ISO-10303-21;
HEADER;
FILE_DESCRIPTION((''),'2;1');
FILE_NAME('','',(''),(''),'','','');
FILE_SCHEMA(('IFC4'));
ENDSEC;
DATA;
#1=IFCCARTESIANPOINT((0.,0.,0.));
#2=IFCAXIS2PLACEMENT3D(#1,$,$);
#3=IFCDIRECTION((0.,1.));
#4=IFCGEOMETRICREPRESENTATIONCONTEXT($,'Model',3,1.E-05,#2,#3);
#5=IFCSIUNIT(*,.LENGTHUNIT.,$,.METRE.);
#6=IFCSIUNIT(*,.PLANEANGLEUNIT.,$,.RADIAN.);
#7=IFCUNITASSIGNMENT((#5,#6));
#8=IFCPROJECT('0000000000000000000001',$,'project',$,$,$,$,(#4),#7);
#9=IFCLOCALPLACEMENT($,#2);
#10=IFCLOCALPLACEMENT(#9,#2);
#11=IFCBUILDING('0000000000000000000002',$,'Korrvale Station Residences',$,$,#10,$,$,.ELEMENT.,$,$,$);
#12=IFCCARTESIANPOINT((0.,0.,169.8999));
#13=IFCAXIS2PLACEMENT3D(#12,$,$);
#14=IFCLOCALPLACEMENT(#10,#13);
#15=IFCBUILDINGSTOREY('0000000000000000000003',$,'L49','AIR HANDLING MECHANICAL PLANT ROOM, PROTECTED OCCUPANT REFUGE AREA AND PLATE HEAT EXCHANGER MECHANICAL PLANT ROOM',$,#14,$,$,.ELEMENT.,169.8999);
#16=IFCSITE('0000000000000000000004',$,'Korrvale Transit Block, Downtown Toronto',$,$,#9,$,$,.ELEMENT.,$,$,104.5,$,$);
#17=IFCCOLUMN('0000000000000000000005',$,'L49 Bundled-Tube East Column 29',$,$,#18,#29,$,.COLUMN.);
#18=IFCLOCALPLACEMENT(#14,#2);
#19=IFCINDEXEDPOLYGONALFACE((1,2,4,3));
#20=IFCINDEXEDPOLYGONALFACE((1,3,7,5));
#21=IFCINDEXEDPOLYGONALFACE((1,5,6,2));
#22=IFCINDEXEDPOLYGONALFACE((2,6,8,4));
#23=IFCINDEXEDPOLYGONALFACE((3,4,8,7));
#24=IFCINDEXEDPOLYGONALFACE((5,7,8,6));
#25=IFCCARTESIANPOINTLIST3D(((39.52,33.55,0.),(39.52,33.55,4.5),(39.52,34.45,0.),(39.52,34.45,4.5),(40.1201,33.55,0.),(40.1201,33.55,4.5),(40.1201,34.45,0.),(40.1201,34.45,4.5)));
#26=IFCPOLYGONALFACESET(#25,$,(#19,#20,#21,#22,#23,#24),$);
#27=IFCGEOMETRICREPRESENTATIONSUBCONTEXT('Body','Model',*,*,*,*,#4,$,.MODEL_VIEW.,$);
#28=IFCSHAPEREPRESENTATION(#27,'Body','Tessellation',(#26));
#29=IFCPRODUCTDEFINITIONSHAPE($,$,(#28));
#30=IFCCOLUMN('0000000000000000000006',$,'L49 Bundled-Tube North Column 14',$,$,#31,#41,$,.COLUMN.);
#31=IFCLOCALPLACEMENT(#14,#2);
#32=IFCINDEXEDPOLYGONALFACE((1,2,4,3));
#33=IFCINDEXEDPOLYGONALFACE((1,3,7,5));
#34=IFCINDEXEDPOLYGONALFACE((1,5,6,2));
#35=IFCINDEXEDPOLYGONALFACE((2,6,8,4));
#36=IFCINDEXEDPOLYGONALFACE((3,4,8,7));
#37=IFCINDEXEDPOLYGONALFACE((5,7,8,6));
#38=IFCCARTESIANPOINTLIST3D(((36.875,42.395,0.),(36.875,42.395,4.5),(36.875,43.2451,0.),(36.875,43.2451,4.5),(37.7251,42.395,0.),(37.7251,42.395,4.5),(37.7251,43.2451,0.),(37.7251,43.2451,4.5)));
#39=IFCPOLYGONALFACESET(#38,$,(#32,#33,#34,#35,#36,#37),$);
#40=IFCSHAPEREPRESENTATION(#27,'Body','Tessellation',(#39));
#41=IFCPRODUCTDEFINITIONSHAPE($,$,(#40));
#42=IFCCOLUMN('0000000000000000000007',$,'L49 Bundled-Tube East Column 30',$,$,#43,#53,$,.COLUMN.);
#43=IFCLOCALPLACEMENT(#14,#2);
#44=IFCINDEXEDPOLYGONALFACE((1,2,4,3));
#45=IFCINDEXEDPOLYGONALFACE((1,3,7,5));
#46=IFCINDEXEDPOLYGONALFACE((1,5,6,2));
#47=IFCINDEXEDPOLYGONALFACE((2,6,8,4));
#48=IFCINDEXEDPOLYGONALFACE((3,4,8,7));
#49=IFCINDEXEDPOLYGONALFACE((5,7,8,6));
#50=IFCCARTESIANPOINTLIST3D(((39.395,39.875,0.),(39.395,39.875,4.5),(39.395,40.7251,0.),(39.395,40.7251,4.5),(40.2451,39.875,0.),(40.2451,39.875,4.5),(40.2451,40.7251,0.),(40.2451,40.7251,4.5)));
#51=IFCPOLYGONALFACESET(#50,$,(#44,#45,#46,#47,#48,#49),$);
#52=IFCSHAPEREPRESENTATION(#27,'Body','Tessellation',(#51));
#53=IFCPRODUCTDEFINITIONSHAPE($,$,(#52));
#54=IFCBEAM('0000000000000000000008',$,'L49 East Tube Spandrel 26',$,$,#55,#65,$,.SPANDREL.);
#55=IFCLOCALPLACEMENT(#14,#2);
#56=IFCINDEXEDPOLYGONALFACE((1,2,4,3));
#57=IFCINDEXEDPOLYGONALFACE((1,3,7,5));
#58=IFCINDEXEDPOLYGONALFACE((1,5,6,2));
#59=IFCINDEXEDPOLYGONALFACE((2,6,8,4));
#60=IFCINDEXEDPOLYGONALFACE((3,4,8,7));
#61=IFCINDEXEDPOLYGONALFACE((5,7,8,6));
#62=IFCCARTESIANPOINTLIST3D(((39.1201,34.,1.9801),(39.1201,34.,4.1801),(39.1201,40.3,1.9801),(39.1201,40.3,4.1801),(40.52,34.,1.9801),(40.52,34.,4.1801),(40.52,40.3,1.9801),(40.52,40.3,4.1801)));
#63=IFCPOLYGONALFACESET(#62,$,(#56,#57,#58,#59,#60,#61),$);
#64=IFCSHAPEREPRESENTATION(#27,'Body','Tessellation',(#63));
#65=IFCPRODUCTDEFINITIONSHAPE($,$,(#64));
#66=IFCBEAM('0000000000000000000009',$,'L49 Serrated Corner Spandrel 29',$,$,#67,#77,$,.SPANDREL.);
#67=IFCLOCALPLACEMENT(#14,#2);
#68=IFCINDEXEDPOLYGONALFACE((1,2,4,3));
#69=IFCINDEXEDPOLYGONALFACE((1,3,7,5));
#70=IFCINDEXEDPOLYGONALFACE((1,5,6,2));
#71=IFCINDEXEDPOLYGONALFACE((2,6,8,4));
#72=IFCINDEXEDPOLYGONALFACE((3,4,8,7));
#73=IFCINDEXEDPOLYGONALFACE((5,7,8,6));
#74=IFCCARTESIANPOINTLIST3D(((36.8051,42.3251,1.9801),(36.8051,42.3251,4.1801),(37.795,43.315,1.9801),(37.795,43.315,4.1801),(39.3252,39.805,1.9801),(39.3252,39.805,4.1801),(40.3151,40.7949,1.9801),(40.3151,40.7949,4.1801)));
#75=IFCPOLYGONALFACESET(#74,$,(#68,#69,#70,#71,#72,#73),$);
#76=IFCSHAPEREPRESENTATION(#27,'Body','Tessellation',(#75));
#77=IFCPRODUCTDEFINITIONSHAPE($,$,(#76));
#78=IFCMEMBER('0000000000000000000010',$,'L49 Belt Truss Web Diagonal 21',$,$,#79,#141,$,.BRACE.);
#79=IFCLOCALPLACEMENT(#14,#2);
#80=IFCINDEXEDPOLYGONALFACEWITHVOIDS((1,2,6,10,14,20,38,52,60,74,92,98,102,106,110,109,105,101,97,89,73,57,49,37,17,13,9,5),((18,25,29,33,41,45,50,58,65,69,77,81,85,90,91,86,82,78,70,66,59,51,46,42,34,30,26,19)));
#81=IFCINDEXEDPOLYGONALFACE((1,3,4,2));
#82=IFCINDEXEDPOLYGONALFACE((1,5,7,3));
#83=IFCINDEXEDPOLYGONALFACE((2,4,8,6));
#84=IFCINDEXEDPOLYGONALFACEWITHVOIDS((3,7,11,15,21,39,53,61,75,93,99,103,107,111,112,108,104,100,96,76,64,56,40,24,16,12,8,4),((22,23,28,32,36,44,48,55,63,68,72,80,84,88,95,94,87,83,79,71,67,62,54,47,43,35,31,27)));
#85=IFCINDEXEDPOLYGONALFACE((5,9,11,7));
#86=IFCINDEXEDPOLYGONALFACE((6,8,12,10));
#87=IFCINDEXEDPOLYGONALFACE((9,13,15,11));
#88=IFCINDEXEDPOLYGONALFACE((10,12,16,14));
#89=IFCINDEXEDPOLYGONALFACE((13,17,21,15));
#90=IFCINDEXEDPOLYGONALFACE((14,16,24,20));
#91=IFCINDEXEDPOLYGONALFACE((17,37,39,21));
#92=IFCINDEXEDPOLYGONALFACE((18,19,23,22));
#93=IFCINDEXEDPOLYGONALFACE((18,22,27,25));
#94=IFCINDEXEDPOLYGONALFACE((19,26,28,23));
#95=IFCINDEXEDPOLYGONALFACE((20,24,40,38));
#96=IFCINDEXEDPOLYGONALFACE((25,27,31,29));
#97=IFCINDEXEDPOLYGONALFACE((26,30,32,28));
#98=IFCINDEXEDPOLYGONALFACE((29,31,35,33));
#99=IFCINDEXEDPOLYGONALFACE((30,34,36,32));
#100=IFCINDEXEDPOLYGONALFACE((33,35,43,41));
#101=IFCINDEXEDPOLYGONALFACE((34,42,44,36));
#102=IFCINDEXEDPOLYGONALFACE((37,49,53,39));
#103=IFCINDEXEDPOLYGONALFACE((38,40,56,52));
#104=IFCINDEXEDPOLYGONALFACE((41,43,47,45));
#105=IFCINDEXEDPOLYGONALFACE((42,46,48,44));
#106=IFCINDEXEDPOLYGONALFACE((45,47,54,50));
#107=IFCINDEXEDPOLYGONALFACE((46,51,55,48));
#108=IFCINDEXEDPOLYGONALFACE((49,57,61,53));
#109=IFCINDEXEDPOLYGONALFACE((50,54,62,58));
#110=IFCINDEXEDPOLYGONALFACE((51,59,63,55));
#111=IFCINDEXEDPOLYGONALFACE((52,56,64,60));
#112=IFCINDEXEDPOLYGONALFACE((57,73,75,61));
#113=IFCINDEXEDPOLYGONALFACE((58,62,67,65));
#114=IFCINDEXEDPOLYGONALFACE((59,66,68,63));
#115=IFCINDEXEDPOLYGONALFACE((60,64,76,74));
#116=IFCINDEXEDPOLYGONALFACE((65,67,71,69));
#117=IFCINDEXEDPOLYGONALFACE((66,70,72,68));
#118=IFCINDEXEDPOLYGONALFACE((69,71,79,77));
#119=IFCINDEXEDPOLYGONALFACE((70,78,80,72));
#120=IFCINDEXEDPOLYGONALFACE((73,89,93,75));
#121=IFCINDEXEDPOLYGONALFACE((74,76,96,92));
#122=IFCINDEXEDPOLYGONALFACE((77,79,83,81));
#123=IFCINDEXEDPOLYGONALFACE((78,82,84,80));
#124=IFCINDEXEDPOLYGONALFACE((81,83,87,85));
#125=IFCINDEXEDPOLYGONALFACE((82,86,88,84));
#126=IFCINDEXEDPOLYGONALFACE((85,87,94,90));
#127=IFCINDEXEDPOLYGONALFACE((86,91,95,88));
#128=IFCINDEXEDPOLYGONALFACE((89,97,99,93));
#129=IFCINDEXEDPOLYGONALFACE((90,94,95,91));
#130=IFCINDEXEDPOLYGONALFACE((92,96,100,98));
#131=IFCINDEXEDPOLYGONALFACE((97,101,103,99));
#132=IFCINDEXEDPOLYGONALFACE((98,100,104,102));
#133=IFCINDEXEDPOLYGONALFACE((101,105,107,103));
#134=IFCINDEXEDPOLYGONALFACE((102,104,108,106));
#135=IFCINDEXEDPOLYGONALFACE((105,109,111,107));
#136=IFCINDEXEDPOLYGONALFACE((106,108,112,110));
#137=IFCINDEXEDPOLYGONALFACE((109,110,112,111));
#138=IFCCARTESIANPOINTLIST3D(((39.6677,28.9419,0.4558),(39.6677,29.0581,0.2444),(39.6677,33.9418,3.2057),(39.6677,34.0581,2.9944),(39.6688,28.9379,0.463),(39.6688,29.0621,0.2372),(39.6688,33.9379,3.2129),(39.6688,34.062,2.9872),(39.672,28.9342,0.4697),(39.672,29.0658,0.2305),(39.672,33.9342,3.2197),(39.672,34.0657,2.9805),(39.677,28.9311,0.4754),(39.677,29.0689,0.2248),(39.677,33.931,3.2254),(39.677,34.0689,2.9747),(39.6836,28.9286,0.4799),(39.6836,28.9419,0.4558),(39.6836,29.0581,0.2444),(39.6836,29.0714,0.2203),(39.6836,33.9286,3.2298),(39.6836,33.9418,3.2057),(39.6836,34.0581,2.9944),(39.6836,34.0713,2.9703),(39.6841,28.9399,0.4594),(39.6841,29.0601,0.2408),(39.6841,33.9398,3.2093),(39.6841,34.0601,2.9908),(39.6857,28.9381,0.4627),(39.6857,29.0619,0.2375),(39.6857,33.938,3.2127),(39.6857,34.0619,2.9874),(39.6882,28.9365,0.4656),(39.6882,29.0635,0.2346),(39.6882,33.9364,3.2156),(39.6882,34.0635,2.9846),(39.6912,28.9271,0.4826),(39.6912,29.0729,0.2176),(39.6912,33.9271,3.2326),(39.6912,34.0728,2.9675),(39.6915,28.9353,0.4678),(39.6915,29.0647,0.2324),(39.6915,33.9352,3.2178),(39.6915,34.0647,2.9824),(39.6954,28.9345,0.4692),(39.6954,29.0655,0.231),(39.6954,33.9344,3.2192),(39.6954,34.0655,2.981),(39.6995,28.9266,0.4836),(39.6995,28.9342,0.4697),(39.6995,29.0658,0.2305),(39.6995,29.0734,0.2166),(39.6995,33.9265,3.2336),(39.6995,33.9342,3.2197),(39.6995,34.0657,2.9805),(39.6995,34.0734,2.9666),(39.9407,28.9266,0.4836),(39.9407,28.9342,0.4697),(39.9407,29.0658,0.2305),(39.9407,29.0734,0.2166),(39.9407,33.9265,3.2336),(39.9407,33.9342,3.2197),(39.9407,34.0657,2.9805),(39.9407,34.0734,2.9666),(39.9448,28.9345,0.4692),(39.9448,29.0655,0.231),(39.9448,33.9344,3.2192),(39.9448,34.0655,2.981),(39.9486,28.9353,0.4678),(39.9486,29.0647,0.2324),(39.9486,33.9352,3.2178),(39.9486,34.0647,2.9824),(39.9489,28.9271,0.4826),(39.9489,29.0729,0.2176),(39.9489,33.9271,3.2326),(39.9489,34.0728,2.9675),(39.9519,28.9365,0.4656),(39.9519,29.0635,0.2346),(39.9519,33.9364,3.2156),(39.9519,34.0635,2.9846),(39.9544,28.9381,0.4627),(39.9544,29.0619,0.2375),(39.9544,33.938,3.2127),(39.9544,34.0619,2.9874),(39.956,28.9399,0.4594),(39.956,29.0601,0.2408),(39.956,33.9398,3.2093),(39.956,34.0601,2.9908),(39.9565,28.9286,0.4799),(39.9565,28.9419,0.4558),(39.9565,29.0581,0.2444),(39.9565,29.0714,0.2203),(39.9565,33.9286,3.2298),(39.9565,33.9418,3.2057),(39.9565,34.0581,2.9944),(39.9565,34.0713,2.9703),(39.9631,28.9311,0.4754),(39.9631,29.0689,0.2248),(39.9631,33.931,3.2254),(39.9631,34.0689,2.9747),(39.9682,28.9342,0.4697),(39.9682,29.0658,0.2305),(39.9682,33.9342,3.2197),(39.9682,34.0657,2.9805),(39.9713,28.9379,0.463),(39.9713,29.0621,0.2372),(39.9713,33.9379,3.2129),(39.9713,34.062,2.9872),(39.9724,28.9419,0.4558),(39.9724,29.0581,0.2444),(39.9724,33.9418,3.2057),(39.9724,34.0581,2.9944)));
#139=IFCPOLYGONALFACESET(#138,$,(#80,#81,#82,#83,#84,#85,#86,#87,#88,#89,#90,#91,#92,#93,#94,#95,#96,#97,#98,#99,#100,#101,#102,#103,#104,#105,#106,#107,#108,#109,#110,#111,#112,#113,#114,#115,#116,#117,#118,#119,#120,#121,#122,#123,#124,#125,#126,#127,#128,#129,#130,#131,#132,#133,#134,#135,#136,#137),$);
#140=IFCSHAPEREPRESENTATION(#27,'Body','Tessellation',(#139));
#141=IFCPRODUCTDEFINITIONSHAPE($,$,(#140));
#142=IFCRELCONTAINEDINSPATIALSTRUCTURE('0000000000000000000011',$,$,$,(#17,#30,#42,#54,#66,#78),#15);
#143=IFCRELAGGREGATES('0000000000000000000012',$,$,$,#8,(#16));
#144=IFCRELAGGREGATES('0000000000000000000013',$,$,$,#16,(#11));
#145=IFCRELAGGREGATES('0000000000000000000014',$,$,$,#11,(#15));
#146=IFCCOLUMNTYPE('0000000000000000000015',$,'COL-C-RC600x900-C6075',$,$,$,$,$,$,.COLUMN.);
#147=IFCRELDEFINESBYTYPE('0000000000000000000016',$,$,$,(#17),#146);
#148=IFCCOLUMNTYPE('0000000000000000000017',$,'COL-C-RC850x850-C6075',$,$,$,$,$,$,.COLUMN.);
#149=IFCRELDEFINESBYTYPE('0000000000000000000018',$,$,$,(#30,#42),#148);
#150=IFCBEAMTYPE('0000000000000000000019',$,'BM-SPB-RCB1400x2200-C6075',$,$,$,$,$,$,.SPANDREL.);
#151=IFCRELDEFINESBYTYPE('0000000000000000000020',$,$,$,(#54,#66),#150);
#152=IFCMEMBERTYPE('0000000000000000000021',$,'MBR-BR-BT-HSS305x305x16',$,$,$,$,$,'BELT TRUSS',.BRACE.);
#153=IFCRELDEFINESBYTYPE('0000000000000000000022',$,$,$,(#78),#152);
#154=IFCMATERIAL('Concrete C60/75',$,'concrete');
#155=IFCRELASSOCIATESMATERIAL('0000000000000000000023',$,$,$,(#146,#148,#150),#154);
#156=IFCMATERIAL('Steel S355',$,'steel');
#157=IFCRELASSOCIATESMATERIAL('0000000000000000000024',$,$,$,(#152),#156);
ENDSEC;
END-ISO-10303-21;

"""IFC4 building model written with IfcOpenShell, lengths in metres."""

from ifc_helpers import new_model, si_unit, direction, frame, origin, origin_2d, place, context, subcontext, project, spatial, rectangle, hollow_rectangle, extrude, material, material_profile, profile_set, type_object, element, save


model = new_model("IFC4")

# Units and contexts
model_context = context("Model", 3, precision=1e-05, world=origin(), true_north=direction((0.0, 1.0)))
body_context = subcontext(model_context, "Body", "Model", "MODEL_VIEW")
ifc_project = project(units=[si_unit("LENGTHUNIT", "METRE"), si_unit("PLANEANGLEUNIT", "RADIAN")], contexts=[model_context])

# Site, building, storey
site_placement = place(None, origin())
site = spatial("IfcSite", under=ifc_project, at=site_placement, Name="Korrvale Transit Block, Downtown Toronto", CompositionType="ELEMENT", RefElevation=104.5)
building_placement = place(site_placement, origin())
building = spatial("IfcBuilding", under=site, at=building_placement, Name="Korrvale Station Residences", CompositionType="ELEMENT")
storey_placement = place(building_placement, frame((0.0, 0.0, 169.8999)))
storey = spatial("IfcBuildingStorey", under=building, at=storey_placement, Name="L49", Description="AIR HANDLING MECHANICAL PLANT ROOM, PROTECTED OCCUPANT REFUGE AREA AND PLATE HEAT EXCHANGER MECHANICAL PLANT ROOM", CompositionType="ELEMENT", Elevation=169.8999)

# Columns
ifc_material_1 = material(Name="Concrete C60/75", Category="concrete")
ifc_material_profile_1 = material_profile(ifc_material_1, rectangle(XDim=0.6001, YDim=0.8999, at=origin_2d()), Name="RC600x900")
ifc_profile_set_1 = profile_set([ifc_material_profile_1], Name="Concrete C60/75")
column_type_1 = type_object("IfcColumnType", Name="COL-C-RC600x900-C6075", PredefinedType="COLUMN", material=ifc_profile_set_1)
column_placement = place(storey_placement, frame((39.8201, 34.0, 0.0), z_axis=(0.0, 0.0, 1.0), x_axis=(1.0, 0.0, 0.0)))
element("IfcColumn", 1, at=column_placement, inside=storey, type_object=column_type_1, Name="L49 Bundled-Tube East Column 29", PredefinedType="COLUMN", context=body_context, shape_type="SweptSolid", body=[
    extrude(rectangle(XDim=0.6001, YDim=0.8999, at=origin_2d()), origin(), (0.0, 0.0, 1.0), 4.5),
])
ifc_material_profile_2 = material_profile(ifc_material_1, rectangle(XDim=0.8501, YDim=0.8501, at=origin_2d()), Name="RC850x850")
ifc_profile_set_2 = profile_set([ifc_material_profile_2], Name="Concrete C60/75")
column_type_2 = type_object("IfcColumnType", Name="COL-C-RC850x850-C6075", PredefinedType="COLUMN", material=ifc_profile_set_2)
for number, where, z_axis, x_axis, name in (
    (2, (37.3, 42.8201, 0.0), (0.0, 0.0, 1.0), (1.0, 0.0, 0.0), "L49 Bundled-Tube North Column 14"),
    (3, (39.8201, 40.3, 0.0), (0.0, 0.0, 1.0), (1.0, 0.0, 0.0), "L49 Bundled-Tube East Column 30"),
):
    element("IfcColumn", number, at=place(storey_placement, frame(where, z_axis=z_axis, x_axis=x_axis)), inside=storey, type_object=column_type_2, Name=name, PredefinedType="COLUMN", context=body_context, shape_type="SweptSolid", body=[
        extrude(rectangle(XDim=0.8501, YDim=0.8501, at=origin_2d()), origin(), (0.0, 0.0, 1.0), 4.5),
    ])

# Beams
ifc_material_profile_3 = material_profile(ifc_material_1, rectangle(XDim=1.3999, YDim=2.2, at=origin_2d()), Name="RCB1400x2200")
ifc_profile_set_3 = profile_set([ifc_material_profile_3], Name="Concrete C60/75")
beam_type = type_object("IfcBeamType", Name="BM-SPB-RCB1400x2200-C6075", PredefinedType="SPANDREL", material=ifc_profile_set_3)
beam_1_placement = place(storey_placement, frame((39.8201, 34.0, 3.0801), z_axis=(0.0, 1.0, 0.0), x_axis=(-1.0, 0.0, 0.0)))
element("IfcBeam", 4, at=beam_1_placement, inside=storey, type_object=beam_type, Name="L49 East Tube Spandrel 26", PredefinedType="SPANDREL", context=body_context, shape_type="SweptSolid", body=[
    extrude(rectangle(XDim=1.3999, YDim=2.2, at=origin_2d()), origin(), (0.0, 0.0, 1.0), 6.3),
])
beam_2_placement = place(storey_placement, frame((37.3, 42.8201, 3.0801), z_axis=(0.707107, -0.707107, 0.0), x_axis=(0.707107, 0.707107, 0.0)))
element("IfcBeam", 5, at=beam_2_placement, inside=storey, type_object=beam_type, Name="L49 Serrated Corner Spandrel 29", PredefinedType="SPANDREL", context=body_context, shape_type="SweptSolid", body=[
    extrude(rectangle(XDim=1.3999, YDim=2.2, at=origin_2d()), origin(), (0.0, 0.0, 1.0), 3.564),
])

# Member
ifc_material_2 = material(Name="Steel S355", Category="steel")
ifc_material_profile_4 = material_profile(ifc_material_2, hollow_rectangle(XDim=0.3047, YDim=0.3047, WallThickness=0.0159, InnerFilletRadius=0.0159, OuterFilletRadius=0.0317, at=origin_2d()), Name="HSS305x305x16")
ifc_profile_set_4 = profile_set([ifc_material_profile_4], Name="Steel S355")
member_type_1 = type_object("IfcMemberType", Name="MBR-BR-BT-HSS305x305x16", ElementType="BELT TRUSS", PredefinedType="BRACE", material=ifc_profile_set_4)
member_1_placement = place(storey_placement, frame((39.8201, 29.0, 0.3501), z_axis=(0.0, 0.876216, 0.481919), x_axis=(-1.0, 0.0, 0.0)))
element("IfcMember", 6, at=member_1_placement, inside=storey, type_object=member_type_1, Name="L49 Belt Truss Web Diagonal 21", PredefinedType="BRACE", context=body_context, shape_type="SweptSolid", body=[
    extrude(hollow_rectangle(XDim=0.3047, YDim=0.3047, WallThickness=0.0159, InnerFilletRadius=0.0159, OuterFilletRadius=0.0317, at=origin_2d()), origin(), (0.0, 0.0, 1.0), 5.7063),
])

save(model, "model.ifc")
